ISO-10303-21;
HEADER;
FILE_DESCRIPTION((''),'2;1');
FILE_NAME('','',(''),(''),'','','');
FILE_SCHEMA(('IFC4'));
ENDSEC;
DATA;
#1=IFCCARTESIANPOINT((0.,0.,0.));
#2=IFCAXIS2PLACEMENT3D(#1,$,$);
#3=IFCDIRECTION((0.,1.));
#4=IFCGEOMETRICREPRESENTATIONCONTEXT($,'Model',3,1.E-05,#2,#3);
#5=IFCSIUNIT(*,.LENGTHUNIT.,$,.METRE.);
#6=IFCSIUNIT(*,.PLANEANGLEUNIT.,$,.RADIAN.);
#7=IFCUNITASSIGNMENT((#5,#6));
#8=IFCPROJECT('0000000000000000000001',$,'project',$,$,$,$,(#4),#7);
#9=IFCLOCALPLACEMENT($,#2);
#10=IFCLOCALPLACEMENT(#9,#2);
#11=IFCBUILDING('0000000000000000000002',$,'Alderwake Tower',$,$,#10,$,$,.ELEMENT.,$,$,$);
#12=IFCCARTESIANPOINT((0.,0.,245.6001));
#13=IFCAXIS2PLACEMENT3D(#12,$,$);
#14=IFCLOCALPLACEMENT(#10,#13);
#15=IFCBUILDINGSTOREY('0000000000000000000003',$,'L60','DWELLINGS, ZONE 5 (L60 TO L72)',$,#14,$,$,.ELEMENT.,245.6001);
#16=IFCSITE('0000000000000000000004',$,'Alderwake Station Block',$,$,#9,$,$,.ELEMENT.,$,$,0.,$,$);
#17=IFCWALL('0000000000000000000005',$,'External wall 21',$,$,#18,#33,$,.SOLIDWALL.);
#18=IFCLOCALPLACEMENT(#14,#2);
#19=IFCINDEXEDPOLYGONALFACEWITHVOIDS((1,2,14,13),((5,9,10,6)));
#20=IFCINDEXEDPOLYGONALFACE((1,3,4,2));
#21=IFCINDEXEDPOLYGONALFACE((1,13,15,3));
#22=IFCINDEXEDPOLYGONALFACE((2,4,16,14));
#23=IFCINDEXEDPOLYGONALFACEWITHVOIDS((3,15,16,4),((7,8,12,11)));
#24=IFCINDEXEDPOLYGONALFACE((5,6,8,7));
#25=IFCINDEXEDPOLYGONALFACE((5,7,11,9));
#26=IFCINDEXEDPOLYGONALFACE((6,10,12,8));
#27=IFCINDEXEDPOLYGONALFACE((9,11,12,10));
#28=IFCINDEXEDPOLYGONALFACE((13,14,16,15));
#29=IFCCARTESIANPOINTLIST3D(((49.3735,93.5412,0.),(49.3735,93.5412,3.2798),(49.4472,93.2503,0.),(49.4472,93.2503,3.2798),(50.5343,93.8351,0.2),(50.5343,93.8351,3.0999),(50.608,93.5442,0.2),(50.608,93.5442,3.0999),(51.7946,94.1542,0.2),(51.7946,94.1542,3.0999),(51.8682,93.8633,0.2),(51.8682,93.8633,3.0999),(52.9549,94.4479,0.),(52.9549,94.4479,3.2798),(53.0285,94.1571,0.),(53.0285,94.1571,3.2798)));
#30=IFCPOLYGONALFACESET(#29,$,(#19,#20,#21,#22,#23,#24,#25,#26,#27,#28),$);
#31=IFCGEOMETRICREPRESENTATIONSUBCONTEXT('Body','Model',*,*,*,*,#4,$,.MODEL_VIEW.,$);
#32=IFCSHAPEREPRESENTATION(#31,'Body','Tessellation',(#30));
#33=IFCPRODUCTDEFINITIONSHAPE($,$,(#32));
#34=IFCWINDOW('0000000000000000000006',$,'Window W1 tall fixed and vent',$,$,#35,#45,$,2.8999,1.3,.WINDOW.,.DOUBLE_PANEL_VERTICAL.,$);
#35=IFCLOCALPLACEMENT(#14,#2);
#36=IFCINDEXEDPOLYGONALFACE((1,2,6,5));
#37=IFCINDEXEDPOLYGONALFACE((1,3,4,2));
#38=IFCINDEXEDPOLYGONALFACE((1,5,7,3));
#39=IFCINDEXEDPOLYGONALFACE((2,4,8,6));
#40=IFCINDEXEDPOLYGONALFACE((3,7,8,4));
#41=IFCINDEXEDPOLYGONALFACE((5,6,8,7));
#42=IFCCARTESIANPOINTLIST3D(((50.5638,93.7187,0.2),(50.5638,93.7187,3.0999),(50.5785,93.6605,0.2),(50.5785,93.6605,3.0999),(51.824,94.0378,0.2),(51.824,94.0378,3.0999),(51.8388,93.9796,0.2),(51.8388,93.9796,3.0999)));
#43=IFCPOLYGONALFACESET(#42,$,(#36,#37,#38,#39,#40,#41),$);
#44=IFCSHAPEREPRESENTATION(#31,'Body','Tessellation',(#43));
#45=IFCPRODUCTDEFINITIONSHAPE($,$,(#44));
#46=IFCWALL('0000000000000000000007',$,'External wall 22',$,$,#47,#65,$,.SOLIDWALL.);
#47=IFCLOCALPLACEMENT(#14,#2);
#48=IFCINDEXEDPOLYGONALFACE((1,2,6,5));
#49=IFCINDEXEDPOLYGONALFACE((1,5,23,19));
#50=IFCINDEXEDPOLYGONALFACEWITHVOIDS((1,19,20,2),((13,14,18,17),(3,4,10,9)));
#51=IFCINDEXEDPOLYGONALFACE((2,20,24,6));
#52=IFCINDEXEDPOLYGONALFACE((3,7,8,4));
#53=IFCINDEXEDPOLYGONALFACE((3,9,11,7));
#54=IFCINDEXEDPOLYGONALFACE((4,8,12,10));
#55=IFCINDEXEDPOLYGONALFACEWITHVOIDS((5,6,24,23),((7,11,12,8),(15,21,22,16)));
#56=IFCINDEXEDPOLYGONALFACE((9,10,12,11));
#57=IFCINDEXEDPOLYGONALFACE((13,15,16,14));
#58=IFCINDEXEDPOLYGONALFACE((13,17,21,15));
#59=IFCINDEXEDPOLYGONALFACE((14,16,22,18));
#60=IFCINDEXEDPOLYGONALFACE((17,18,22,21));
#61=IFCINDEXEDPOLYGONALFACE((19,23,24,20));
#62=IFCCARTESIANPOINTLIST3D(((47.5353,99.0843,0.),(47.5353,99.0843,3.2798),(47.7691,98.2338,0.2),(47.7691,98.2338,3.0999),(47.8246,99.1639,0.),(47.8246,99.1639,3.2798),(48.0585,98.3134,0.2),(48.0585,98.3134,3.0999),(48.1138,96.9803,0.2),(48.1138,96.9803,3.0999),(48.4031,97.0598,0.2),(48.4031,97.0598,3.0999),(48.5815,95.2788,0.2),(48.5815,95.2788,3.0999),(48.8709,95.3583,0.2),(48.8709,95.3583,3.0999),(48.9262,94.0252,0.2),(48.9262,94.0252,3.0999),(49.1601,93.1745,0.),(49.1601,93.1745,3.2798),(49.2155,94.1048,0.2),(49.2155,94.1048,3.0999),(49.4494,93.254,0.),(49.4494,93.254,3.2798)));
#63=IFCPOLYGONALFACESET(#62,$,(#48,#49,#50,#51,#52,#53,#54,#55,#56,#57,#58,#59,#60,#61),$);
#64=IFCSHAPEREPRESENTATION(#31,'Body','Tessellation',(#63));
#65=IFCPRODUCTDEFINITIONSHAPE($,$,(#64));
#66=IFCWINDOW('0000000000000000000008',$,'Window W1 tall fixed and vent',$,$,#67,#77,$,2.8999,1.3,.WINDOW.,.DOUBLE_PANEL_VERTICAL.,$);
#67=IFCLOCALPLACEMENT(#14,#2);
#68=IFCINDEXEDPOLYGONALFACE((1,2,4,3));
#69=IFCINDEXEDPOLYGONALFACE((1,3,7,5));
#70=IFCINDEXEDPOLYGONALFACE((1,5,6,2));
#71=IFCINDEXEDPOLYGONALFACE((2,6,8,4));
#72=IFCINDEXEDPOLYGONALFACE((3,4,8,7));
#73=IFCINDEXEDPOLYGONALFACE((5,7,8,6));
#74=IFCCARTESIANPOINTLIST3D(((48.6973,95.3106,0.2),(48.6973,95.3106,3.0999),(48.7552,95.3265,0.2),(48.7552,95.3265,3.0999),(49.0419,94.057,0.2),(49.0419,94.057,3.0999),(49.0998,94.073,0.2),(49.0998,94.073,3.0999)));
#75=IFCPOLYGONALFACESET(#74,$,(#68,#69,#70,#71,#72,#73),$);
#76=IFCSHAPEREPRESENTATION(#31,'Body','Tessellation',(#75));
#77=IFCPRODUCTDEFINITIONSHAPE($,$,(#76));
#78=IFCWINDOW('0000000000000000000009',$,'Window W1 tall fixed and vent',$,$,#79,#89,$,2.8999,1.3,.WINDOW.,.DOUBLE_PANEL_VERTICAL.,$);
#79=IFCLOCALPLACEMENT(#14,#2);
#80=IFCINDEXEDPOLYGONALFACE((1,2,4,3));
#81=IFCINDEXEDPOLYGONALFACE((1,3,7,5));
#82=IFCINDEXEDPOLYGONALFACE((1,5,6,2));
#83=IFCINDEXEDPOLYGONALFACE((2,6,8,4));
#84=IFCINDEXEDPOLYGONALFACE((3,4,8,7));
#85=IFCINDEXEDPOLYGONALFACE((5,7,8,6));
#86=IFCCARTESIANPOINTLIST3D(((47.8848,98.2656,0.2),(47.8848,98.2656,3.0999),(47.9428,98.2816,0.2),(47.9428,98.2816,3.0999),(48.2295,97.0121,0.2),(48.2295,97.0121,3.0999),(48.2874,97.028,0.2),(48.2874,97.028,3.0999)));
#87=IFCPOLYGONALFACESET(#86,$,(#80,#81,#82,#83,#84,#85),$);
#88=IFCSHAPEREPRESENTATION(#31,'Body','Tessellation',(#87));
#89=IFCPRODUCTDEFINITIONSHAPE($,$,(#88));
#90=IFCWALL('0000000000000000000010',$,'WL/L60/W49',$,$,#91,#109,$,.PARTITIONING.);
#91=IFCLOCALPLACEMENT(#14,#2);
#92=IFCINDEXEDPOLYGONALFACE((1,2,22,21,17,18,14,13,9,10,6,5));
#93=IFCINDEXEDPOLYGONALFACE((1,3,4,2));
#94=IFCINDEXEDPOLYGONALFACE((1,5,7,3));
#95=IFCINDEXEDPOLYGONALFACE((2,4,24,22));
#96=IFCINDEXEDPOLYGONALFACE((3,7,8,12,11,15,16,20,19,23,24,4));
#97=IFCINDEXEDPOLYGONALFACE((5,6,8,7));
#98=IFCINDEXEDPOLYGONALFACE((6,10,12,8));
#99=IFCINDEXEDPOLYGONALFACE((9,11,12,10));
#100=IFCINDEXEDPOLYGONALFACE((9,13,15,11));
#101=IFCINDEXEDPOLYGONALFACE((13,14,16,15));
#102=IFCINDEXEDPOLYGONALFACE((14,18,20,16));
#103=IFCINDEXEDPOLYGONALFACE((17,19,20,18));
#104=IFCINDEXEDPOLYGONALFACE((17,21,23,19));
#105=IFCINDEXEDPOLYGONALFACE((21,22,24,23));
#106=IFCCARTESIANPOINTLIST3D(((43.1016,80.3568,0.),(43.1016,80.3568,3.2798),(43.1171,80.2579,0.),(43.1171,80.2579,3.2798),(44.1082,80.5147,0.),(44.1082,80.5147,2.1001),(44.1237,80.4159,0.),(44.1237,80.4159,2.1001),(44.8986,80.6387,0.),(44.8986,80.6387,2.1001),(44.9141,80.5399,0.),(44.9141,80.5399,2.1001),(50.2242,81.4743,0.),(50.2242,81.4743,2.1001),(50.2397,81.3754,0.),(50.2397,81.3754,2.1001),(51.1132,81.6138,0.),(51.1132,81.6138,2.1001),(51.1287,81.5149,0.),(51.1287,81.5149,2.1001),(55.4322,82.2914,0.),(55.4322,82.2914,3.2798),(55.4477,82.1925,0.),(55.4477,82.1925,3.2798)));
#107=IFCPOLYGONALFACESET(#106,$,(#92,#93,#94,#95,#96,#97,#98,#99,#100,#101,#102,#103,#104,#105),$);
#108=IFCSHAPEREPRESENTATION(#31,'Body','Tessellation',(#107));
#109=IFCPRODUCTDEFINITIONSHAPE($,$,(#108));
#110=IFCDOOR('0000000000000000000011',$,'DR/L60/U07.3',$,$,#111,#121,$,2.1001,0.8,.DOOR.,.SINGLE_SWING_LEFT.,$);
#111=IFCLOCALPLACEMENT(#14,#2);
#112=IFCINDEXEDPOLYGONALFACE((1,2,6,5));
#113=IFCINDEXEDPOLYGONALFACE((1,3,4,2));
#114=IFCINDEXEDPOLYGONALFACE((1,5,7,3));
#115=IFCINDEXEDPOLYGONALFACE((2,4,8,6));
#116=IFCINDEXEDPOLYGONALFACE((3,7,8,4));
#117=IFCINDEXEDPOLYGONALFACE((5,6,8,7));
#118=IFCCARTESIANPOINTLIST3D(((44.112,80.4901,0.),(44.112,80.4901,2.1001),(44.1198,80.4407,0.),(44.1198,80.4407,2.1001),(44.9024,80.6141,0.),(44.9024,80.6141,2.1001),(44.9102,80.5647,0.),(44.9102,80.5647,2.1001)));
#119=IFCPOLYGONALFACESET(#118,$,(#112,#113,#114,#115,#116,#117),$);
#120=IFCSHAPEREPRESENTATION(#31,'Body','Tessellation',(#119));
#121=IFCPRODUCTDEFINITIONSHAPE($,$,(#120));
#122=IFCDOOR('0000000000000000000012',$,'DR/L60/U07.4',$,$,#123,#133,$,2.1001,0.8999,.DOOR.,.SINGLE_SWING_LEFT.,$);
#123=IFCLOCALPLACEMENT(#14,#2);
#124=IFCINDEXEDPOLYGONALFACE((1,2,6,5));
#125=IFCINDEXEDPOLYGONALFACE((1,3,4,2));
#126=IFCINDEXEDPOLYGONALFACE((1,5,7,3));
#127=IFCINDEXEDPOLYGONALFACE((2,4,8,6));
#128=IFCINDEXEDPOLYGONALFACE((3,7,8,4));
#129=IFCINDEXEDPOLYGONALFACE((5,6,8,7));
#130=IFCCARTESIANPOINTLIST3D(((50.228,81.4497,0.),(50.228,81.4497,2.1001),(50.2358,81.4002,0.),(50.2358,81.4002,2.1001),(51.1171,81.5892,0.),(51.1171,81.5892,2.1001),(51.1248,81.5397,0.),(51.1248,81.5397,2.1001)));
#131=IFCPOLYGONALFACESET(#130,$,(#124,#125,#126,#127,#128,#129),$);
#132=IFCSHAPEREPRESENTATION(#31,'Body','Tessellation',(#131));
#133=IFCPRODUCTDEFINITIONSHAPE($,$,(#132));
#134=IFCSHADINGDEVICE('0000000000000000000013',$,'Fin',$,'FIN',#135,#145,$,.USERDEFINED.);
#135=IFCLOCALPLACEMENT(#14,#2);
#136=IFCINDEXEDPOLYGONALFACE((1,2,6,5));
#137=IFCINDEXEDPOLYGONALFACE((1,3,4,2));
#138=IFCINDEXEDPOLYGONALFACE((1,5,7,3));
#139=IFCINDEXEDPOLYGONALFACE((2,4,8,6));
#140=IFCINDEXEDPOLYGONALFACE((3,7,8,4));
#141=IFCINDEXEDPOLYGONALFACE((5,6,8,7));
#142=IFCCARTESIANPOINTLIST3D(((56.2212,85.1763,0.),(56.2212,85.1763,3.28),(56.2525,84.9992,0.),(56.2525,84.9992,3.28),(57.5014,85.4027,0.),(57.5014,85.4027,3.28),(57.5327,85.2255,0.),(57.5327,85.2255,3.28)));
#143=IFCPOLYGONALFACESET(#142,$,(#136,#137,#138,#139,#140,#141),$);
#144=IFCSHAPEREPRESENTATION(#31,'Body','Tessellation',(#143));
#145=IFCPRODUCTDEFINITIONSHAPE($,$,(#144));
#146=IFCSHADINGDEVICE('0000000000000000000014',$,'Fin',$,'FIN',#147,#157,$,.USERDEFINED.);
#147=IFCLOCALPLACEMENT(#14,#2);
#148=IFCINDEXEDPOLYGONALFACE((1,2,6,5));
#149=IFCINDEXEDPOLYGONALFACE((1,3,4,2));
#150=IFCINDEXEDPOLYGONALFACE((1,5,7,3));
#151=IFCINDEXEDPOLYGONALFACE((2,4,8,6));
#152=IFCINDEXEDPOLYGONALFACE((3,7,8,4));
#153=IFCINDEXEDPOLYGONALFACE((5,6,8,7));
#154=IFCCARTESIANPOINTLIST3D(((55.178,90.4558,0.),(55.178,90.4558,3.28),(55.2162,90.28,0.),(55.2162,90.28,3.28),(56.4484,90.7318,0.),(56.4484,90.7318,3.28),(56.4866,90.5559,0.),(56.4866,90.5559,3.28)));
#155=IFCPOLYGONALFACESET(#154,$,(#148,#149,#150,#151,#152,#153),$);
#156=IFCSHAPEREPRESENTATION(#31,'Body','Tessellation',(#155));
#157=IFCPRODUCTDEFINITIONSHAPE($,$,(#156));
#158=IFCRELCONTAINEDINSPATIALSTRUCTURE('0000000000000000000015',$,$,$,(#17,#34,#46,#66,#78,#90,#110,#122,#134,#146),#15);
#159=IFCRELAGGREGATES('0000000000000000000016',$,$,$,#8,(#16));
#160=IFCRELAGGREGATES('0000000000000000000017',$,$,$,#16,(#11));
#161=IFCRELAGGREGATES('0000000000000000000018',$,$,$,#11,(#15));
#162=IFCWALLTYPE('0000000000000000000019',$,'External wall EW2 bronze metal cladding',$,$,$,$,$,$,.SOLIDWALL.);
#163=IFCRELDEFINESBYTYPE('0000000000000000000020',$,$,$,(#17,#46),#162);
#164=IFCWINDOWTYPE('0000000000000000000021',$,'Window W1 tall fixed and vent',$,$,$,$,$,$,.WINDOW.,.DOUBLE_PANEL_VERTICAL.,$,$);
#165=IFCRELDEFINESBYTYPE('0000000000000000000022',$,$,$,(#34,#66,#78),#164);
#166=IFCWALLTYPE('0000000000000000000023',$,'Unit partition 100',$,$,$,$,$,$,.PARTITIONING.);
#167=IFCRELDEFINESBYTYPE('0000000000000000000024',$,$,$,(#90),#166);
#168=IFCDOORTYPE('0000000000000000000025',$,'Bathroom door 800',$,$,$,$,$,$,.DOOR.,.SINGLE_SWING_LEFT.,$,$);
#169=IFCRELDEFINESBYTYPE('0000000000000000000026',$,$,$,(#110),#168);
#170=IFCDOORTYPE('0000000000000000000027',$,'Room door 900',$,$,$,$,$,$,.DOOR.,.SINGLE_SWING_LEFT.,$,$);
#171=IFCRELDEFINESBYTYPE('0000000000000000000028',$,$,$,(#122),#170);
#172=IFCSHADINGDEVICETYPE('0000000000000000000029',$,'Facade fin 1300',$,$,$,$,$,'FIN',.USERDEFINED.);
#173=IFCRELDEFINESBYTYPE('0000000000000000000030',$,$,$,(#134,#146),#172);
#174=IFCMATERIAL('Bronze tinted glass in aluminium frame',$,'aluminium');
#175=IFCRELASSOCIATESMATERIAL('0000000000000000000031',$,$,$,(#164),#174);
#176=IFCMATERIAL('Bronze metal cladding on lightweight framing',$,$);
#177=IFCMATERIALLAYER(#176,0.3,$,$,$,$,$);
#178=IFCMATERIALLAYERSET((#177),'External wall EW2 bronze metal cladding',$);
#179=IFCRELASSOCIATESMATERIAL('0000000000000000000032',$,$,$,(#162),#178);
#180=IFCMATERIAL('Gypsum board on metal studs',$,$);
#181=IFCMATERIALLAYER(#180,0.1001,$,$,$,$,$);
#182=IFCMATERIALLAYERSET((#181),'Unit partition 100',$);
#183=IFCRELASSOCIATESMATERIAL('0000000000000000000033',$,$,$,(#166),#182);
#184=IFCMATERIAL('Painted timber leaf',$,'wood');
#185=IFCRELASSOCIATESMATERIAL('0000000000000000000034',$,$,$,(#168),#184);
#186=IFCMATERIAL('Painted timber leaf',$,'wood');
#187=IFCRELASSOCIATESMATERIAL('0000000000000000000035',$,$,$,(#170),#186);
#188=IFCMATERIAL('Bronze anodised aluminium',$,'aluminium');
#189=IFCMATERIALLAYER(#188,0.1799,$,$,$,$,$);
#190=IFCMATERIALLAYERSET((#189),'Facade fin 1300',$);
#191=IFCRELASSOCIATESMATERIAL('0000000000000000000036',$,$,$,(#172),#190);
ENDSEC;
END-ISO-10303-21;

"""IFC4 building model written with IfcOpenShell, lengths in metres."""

from ifc_helpers import new_model, si_unit, direction, frame, frame_2d, origin, origin_2d, place, context, subcontext, project, spatial, rectangle, extrude, material, layer, layer_set, type_object, element, fill, save


model = new_model("IFC4")

# Units and contexts
model_context = context("Model", 3, precision=1e-05, world=origin(), true_north=direction((0.0, 1.0)))
body_context = subcontext(model_context, "Body", "Model", "MODEL_VIEW")
ifc_project = project(units=[si_unit("LENGTHUNIT", "METRE"), si_unit("PLANEANGLEUNIT", "RADIAN")], contexts=[model_context])

# Site, building, storey
site_placement = place(None, origin())
site = spatial("IfcSite", under=ifc_project, at=site_placement, Name="Alderwake Station Block", CompositionType="ELEMENT", RefElevation=0.0)
building_placement = place(site_placement, origin())
building = spatial("IfcBuilding", under=site, at=building_placement, Name="Alderwake Tower", CompositionType="ELEMENT")
storey_placement = place(building_placement, frame((0.0, 0.0, 245.6001)))
storey = spatial("IfcBuildingStorey", under=building, at=storey_placement, Name="L60", Description="DWELLINGS, ZONE 5 (L60 TO L72)", CompositionType="ELEMENT", Elevation=245.6001)

# Shared definitions
ifc_material_1 = material(Name="Bronze tinted glass in aluminium frame", Category="aluminium")
window_type = type_object("IfcWindowType", Name="Window W1 tall fixed and vent", PartitioningType="DOUBLE_PANEL_VERTICAL", PredefinedType="WINDOW", material=ifc_material_1)

# Wall, opening, window
ifc_material_2 = material(Name="Bronze metal cladding on lightweight framing")
ifc_layer_1 = layer(ifc_material_2, 0.3)
ifc_layer_set_1 = layer_set([ifc_layer_1], Name="External wall EW2 bronze metal cladding")
wall_type_1 = type_object("IfcWallType", Name="External wall EW2 bronze metal cladding", PredefinedType="SOLIDWALL", material=ifc_layer_set_1)
wall_1_placement = place(storey_placement, frame((52.9917, 94.3025, 0.0), z_axis=(0.0, 0.0, 1.0), x_axis=(-0.969411, -0.245442, 0.0)))
wall_1 = element("IfcWall", 1, at=wall_1_placement, inside=storey, type_object=wall_type_1, Name="External wall 21", PredefinedType="SOLIDWALL", context=body_context, shape_type="SweptSolid", body=[
    extrude(rectangle(XDim=3.6943, YDim=0.3, at=frame_2d((1.8472, 0.0))), origin(), (0.0, 0.0, 1.0), 3.2798),
])
opening_1_placement = place(wall_1_placement, frame((1.197, 0.0, 0.2)))
opening_1 = element("IfcOpeningElement", 2, at=opening_1_placement, cuts=wall_1, PredefinedType="OPENING", context=body_context, shape_type="SweptSolid", body=[
    extrude(rectangle(XDim=1.3, YDim=2.8999, at=frame_2d((0.6499, 1.45))), frame((0.0, 0.1599, 0.0), z_axis=(0.0, -1.0, 0.0), x_axis=(1.0, 0.0, 0.0)), (0.0, 0.0, 1.0), 0.3201),
])
window_1_placement = place(opening_1_placement, origin())
window_1 = element("IfcWindow", 3, at=window_1_placement, inside=storey, type_object=window_type, Name="Window W1 tall fixed and vent", OverallHeight=2.8999, OverallWidth=1.3, PartitioningType="DOUBLE_PANEL_VERTICAL", PredefinedType="WINDOW", context=body_context, shape_type="SweptSolid", body=[
    extrude(rectangle(XDim=1.3, YDim=2.8999, at=frame_2d((0.6499, 1.45))), frame((0.0, 0.03, 0.0), z_axis=(0.0, -1.0, 0.0), x_axis=(1.0, 0.0, 0.0)), (0.0, 0.0, 1.0), 0.0601),
])
fill(opening_1, window_1)

# Wall, openings, windows
wall_2_placement = place(storey_placement, frame((49.3047, 93.2144, 0.0), z_axis=(0.0, 0.0, 1.0), x_axis=(-0.265085, 0.964225, 0.0)))
wall_2 = element("IfcWall", 4, at=wall_2_placement, inside=storey, type_object=wall_type_1, Name="External wall 22", PredefinedType="SOLIDWALL", context=body_context, shape_type="SweptSolid", body=[
    extrude(rectangle(XDim=6.1292, YDim=0.3, at=frame_2d((3.0645, 0.0))), origin(), (0.0, 0.0, 1.0), 3.2798),
])
opening_2_placement = place(wall_2_placement, frame((0.8823, 0.0, 0.2)))
opening_2 = element("IfcOpeningElement", 5, at=opening_2_placement, cuts=wall_2, PredefinedType="OPENING", context=body_context, shape_type="SweptSolid", body=[
    extrude(rectangle(XDim=1.3, YDim=2.8999, at=frame_2d((0.6499, 1.45))), frame((0.0, 0.1599, 0.0), z_axis=(0.0, -1.0, 0.0), x_axis=(1.0, 0.0, 0.0)), (0.0, 0.0, 1.0), 0.3201),
])
opening_3_placement = place(wall_2_placement, frame((3.947, 0.0, 0.2)))
opening_3 = element("IfcOpeningElement", 6, at=opening_3_placement, cuts=wall_2, PredefinedType="OPENING", context=body_context, shape_type="SweptSolid", body=[
    extrude(rectangle(XDim=1.3, YDim=2.8999, at=frame_2d((0.6499, 1.45))), frame((0.0, 0.1599, 0.0), z_axis=(0.0, -1.0, 0.0), x_axis=(1.0, 0.0, 0.0)), (0.0, 0.0, 1.0), 0.3201),
])
window_2_placement = place(opening_2_placement, origin())
window_2 = element("IfcWindow", 7, at=window_2_placement, inside=storey, type_object=window_type, Name="Window W1 tall fixed and vent", OverallHeight=2.8999, OverallWidth=1.3, PartitioningType="DOUBLE_PANEL_VERTICAL", PredefinedType="WINDOW", context=body_context, shape_type="SweptSolid", body=[
    extrude(rectangle(XDim=1.3, YDim=2.8999, at=frame_2d((0.6499, 1.45))), frame((0.0, 0.03, 0.0), z_axis=(0.0, -1.0, 0.0), x_axis=(1.0, 0.0, 0.0)), (0.0, 0.0, 1.0), 0.0601),
])
fill(opening_2, window_2)
window_3_placement = place(opening_3_placement, origin())
window_3 = element("IfcWindow", 8, at=window_3_placement, inside=storey, type_object=window_type, Name="Window W1 tall fixed and vent", OverallHeight=2.8999, OverallWidth=1.3, PartitioningType="DOUBLE_PANEL_VERTICAL", PredefinedType="WINDOW", context=body_context, shape_type="SweptSolid", body=[
    extrude(rectangle(XDim=1.3, YDim=2.8999, at=frame_2d((0.6499, 1.45))), frame((0.0, 0.03, 0.0), z_axis=(0.0, -1.0, 0.0), x_axis=(1.0, 0.0, 0.0)), (0.0, 0.0, 1.0), 0.0601),
])
fill(opening_3, window_3)

# Wall, openings, doors
ifc_material_3 = material(Name="Gypsum board on metal studs")
ifc_layer_2 = layer(ifc_material_3, 0.1001)
ifc_layer_set_2 = layer_set([ifc_layer_2], Name="Unit partition 100")
wall_type_2 = type_object("IfcWallType", Name="Unit partition 100", PredefinedType="PARTITIONING", material=ifc_layer_set_2)
wall_3_placement = place(storey_placement, frame((55.4399, 82.2419, 0.0), z_axis=(0.0, 0.0, 1.0), x_axis=(-0.987915, -0.154996, 0.0)))
wall_3 = element("IfcWall", 9, at=wall_3_placement, inside=storey, type_object=wall_type_2, Name="WL/L60/W49", PredefinedType="PARTITIONING", context=body_context, shape_type="SweptSolid", body=[
    extrude(rectangle(XDim=12.4814, YDim=0.1001, at=frame_2d((6.2407, 0.0))), origin(), (0.0, 0.0, 1.0), 3.2798),
])
opening_4_placement = place(wall_3_placement, frame((10.6626, 0.0, 0.0)))
opening_4 = element("IfcOpeningElement", 10, at=opening_4_placement, cuts=wall_3, PredefinedType="OPENING", context=body_context, shape_type="SweptSolid", body=[
    extrude(rectangle(XDim=0.8, YDim=2.1001, at=frame_2d((0.3999, 1.05))), frame((0.0, 0.0601, 0.0), z_axis=(0.0, -1.0, 0.0), x_axis=(1.0, 0.0, 0.0)), (0.0, 0.0, 1.0), 0.1201),
])
opening_5_placement = place(wall_3_placement, frame((4.3718, 0.0, 0.0)))
opening_5 = element("IfcOpeningElement", 11, at=opening_5_placement, cuts=wall_3, PredefinedType="OPENING", context=body_context, shape_type="SweptSolid", body=[
    extrude(rectangle(XDim=0.8999, YDim=2.1001, at=frame_2d((0.45, 1.05))), frame((0.0, 0.0601, 0.0), z_axis=(0.0, -1.0, 0.0), x_axis=(1.0, 0.0, 0.0)), (0.0, 0.0, 1.0), 0.1201),
])
ifc_material_4 = material(Name="Painted timber leaf", Category="wood")
door_type_1 = type_object("IfcDoorType", Name="Bathroom door 800", OperationType="SINGLE_SWING_LEFT", PredefinedType="DOOR", material=ifc_material_4)
door_1_placement = place(opening_4_placement, origin())
door_1 = element("IfcDoor", 12, at=door_1_placement, inside=storey, type_object=door_type_1, Name="DR/L60/U07.3", OperationType="SINGLE_SWING_LEFT", OverallHeight=2.1001, OverallWidth=0.8, PredefinedType="DOOR", context=body_context, shape_type="SweptSolid", body=[
    extrude(rectangle(XDim=0.8, YDim=2.1001, at=frame_2d((0.3999, 1.05))), frame((0.0, 0.0249, 0.0), z_axis=(0.0, -1.0, 0.0), x_axis=(1.0, 0.0, 0.0)), (0.0, 0.0, 1.0), 0.05),
])
fill(opening_4, door_1)
ifc_material_5 = material(Name="Painted timber leaf", Category="wood")
door_type_2 = type_object("IfcDoorType", Name="Room door 900", OperationType="SINGLE_SWING_LEFT", PredefinedType="DOOR", material=ifc_material_5)
door_2_placement = place(opening_5_placement, origin())
door_2 = element("IfcDoor", 13, at=door_2_placement, inside=storey, type_object=door_type_2, Name="DR/L60/U07.4", OperationType="SINGLE_SWING_LEFT", OverallHeight=2.1001, OverallWidth=0.8999, PredefinedType="DOOR", context=body_context, shape_type="SweptSolid", body=[
    extrude(rectangle(XDim=0.8999, YDim=2.1001, at=frame_2d((0.45, 1.05))), frame((0.0, 0.0249, 0.0), z_axis=(0.0, -1.0, 0.0), x_axis=(1.0, 0.0, 0.0)), (0.0, 0.0, 1.0), 0.05),
])
fill(opening_5, door_2)

# Shading devices
ifc_material_6 = material(Name="Bronze anodised aluminium", Category="aluminium")
ifc_layer_3 = layer(ifc_material_6, 0.1799)
ifc_layer_set_3 = layer_set([ifc_layer_3], Name="Facade fin 1300")
shading_device_type_1 = type_object("IfcShadingDeviceType", Name="Facade fin 1300", ElementType="FIN", PredefinedType="USERDEFINED", material=ifc_layer_set_3)
for number, where, z_axis, x_axis, name in (
    (14, (56.877, 85.2009, 0.0), (0.0, 0.0, 1.0), (0.984726, 0.174109, 0.0), "Fin"),
    (15, (55.8323, 90.5059, 0.0), (0.0, 0.0, 1.0), (0.97721, 0.212273, 0.0), "Fin"),
):
    element("IfcShadingDevice", number, at=place(storey_placement, frame(where, z_axis=z_axis, x_axis=x_axis)), inside=storey, type_object=shading_device_type_1, Name=name, ObjectType="FIN", PredefinedType="USERDEFINED", context=body_context, shape_type="SweptSolid", body=[
        extrude(rectangle(XDim=1.3, YDim=0.1799, at=origin_2d()), origin(), (0.0, 0.0, 1.0), 3.28),
    ])

save(model, "model.ifc")
